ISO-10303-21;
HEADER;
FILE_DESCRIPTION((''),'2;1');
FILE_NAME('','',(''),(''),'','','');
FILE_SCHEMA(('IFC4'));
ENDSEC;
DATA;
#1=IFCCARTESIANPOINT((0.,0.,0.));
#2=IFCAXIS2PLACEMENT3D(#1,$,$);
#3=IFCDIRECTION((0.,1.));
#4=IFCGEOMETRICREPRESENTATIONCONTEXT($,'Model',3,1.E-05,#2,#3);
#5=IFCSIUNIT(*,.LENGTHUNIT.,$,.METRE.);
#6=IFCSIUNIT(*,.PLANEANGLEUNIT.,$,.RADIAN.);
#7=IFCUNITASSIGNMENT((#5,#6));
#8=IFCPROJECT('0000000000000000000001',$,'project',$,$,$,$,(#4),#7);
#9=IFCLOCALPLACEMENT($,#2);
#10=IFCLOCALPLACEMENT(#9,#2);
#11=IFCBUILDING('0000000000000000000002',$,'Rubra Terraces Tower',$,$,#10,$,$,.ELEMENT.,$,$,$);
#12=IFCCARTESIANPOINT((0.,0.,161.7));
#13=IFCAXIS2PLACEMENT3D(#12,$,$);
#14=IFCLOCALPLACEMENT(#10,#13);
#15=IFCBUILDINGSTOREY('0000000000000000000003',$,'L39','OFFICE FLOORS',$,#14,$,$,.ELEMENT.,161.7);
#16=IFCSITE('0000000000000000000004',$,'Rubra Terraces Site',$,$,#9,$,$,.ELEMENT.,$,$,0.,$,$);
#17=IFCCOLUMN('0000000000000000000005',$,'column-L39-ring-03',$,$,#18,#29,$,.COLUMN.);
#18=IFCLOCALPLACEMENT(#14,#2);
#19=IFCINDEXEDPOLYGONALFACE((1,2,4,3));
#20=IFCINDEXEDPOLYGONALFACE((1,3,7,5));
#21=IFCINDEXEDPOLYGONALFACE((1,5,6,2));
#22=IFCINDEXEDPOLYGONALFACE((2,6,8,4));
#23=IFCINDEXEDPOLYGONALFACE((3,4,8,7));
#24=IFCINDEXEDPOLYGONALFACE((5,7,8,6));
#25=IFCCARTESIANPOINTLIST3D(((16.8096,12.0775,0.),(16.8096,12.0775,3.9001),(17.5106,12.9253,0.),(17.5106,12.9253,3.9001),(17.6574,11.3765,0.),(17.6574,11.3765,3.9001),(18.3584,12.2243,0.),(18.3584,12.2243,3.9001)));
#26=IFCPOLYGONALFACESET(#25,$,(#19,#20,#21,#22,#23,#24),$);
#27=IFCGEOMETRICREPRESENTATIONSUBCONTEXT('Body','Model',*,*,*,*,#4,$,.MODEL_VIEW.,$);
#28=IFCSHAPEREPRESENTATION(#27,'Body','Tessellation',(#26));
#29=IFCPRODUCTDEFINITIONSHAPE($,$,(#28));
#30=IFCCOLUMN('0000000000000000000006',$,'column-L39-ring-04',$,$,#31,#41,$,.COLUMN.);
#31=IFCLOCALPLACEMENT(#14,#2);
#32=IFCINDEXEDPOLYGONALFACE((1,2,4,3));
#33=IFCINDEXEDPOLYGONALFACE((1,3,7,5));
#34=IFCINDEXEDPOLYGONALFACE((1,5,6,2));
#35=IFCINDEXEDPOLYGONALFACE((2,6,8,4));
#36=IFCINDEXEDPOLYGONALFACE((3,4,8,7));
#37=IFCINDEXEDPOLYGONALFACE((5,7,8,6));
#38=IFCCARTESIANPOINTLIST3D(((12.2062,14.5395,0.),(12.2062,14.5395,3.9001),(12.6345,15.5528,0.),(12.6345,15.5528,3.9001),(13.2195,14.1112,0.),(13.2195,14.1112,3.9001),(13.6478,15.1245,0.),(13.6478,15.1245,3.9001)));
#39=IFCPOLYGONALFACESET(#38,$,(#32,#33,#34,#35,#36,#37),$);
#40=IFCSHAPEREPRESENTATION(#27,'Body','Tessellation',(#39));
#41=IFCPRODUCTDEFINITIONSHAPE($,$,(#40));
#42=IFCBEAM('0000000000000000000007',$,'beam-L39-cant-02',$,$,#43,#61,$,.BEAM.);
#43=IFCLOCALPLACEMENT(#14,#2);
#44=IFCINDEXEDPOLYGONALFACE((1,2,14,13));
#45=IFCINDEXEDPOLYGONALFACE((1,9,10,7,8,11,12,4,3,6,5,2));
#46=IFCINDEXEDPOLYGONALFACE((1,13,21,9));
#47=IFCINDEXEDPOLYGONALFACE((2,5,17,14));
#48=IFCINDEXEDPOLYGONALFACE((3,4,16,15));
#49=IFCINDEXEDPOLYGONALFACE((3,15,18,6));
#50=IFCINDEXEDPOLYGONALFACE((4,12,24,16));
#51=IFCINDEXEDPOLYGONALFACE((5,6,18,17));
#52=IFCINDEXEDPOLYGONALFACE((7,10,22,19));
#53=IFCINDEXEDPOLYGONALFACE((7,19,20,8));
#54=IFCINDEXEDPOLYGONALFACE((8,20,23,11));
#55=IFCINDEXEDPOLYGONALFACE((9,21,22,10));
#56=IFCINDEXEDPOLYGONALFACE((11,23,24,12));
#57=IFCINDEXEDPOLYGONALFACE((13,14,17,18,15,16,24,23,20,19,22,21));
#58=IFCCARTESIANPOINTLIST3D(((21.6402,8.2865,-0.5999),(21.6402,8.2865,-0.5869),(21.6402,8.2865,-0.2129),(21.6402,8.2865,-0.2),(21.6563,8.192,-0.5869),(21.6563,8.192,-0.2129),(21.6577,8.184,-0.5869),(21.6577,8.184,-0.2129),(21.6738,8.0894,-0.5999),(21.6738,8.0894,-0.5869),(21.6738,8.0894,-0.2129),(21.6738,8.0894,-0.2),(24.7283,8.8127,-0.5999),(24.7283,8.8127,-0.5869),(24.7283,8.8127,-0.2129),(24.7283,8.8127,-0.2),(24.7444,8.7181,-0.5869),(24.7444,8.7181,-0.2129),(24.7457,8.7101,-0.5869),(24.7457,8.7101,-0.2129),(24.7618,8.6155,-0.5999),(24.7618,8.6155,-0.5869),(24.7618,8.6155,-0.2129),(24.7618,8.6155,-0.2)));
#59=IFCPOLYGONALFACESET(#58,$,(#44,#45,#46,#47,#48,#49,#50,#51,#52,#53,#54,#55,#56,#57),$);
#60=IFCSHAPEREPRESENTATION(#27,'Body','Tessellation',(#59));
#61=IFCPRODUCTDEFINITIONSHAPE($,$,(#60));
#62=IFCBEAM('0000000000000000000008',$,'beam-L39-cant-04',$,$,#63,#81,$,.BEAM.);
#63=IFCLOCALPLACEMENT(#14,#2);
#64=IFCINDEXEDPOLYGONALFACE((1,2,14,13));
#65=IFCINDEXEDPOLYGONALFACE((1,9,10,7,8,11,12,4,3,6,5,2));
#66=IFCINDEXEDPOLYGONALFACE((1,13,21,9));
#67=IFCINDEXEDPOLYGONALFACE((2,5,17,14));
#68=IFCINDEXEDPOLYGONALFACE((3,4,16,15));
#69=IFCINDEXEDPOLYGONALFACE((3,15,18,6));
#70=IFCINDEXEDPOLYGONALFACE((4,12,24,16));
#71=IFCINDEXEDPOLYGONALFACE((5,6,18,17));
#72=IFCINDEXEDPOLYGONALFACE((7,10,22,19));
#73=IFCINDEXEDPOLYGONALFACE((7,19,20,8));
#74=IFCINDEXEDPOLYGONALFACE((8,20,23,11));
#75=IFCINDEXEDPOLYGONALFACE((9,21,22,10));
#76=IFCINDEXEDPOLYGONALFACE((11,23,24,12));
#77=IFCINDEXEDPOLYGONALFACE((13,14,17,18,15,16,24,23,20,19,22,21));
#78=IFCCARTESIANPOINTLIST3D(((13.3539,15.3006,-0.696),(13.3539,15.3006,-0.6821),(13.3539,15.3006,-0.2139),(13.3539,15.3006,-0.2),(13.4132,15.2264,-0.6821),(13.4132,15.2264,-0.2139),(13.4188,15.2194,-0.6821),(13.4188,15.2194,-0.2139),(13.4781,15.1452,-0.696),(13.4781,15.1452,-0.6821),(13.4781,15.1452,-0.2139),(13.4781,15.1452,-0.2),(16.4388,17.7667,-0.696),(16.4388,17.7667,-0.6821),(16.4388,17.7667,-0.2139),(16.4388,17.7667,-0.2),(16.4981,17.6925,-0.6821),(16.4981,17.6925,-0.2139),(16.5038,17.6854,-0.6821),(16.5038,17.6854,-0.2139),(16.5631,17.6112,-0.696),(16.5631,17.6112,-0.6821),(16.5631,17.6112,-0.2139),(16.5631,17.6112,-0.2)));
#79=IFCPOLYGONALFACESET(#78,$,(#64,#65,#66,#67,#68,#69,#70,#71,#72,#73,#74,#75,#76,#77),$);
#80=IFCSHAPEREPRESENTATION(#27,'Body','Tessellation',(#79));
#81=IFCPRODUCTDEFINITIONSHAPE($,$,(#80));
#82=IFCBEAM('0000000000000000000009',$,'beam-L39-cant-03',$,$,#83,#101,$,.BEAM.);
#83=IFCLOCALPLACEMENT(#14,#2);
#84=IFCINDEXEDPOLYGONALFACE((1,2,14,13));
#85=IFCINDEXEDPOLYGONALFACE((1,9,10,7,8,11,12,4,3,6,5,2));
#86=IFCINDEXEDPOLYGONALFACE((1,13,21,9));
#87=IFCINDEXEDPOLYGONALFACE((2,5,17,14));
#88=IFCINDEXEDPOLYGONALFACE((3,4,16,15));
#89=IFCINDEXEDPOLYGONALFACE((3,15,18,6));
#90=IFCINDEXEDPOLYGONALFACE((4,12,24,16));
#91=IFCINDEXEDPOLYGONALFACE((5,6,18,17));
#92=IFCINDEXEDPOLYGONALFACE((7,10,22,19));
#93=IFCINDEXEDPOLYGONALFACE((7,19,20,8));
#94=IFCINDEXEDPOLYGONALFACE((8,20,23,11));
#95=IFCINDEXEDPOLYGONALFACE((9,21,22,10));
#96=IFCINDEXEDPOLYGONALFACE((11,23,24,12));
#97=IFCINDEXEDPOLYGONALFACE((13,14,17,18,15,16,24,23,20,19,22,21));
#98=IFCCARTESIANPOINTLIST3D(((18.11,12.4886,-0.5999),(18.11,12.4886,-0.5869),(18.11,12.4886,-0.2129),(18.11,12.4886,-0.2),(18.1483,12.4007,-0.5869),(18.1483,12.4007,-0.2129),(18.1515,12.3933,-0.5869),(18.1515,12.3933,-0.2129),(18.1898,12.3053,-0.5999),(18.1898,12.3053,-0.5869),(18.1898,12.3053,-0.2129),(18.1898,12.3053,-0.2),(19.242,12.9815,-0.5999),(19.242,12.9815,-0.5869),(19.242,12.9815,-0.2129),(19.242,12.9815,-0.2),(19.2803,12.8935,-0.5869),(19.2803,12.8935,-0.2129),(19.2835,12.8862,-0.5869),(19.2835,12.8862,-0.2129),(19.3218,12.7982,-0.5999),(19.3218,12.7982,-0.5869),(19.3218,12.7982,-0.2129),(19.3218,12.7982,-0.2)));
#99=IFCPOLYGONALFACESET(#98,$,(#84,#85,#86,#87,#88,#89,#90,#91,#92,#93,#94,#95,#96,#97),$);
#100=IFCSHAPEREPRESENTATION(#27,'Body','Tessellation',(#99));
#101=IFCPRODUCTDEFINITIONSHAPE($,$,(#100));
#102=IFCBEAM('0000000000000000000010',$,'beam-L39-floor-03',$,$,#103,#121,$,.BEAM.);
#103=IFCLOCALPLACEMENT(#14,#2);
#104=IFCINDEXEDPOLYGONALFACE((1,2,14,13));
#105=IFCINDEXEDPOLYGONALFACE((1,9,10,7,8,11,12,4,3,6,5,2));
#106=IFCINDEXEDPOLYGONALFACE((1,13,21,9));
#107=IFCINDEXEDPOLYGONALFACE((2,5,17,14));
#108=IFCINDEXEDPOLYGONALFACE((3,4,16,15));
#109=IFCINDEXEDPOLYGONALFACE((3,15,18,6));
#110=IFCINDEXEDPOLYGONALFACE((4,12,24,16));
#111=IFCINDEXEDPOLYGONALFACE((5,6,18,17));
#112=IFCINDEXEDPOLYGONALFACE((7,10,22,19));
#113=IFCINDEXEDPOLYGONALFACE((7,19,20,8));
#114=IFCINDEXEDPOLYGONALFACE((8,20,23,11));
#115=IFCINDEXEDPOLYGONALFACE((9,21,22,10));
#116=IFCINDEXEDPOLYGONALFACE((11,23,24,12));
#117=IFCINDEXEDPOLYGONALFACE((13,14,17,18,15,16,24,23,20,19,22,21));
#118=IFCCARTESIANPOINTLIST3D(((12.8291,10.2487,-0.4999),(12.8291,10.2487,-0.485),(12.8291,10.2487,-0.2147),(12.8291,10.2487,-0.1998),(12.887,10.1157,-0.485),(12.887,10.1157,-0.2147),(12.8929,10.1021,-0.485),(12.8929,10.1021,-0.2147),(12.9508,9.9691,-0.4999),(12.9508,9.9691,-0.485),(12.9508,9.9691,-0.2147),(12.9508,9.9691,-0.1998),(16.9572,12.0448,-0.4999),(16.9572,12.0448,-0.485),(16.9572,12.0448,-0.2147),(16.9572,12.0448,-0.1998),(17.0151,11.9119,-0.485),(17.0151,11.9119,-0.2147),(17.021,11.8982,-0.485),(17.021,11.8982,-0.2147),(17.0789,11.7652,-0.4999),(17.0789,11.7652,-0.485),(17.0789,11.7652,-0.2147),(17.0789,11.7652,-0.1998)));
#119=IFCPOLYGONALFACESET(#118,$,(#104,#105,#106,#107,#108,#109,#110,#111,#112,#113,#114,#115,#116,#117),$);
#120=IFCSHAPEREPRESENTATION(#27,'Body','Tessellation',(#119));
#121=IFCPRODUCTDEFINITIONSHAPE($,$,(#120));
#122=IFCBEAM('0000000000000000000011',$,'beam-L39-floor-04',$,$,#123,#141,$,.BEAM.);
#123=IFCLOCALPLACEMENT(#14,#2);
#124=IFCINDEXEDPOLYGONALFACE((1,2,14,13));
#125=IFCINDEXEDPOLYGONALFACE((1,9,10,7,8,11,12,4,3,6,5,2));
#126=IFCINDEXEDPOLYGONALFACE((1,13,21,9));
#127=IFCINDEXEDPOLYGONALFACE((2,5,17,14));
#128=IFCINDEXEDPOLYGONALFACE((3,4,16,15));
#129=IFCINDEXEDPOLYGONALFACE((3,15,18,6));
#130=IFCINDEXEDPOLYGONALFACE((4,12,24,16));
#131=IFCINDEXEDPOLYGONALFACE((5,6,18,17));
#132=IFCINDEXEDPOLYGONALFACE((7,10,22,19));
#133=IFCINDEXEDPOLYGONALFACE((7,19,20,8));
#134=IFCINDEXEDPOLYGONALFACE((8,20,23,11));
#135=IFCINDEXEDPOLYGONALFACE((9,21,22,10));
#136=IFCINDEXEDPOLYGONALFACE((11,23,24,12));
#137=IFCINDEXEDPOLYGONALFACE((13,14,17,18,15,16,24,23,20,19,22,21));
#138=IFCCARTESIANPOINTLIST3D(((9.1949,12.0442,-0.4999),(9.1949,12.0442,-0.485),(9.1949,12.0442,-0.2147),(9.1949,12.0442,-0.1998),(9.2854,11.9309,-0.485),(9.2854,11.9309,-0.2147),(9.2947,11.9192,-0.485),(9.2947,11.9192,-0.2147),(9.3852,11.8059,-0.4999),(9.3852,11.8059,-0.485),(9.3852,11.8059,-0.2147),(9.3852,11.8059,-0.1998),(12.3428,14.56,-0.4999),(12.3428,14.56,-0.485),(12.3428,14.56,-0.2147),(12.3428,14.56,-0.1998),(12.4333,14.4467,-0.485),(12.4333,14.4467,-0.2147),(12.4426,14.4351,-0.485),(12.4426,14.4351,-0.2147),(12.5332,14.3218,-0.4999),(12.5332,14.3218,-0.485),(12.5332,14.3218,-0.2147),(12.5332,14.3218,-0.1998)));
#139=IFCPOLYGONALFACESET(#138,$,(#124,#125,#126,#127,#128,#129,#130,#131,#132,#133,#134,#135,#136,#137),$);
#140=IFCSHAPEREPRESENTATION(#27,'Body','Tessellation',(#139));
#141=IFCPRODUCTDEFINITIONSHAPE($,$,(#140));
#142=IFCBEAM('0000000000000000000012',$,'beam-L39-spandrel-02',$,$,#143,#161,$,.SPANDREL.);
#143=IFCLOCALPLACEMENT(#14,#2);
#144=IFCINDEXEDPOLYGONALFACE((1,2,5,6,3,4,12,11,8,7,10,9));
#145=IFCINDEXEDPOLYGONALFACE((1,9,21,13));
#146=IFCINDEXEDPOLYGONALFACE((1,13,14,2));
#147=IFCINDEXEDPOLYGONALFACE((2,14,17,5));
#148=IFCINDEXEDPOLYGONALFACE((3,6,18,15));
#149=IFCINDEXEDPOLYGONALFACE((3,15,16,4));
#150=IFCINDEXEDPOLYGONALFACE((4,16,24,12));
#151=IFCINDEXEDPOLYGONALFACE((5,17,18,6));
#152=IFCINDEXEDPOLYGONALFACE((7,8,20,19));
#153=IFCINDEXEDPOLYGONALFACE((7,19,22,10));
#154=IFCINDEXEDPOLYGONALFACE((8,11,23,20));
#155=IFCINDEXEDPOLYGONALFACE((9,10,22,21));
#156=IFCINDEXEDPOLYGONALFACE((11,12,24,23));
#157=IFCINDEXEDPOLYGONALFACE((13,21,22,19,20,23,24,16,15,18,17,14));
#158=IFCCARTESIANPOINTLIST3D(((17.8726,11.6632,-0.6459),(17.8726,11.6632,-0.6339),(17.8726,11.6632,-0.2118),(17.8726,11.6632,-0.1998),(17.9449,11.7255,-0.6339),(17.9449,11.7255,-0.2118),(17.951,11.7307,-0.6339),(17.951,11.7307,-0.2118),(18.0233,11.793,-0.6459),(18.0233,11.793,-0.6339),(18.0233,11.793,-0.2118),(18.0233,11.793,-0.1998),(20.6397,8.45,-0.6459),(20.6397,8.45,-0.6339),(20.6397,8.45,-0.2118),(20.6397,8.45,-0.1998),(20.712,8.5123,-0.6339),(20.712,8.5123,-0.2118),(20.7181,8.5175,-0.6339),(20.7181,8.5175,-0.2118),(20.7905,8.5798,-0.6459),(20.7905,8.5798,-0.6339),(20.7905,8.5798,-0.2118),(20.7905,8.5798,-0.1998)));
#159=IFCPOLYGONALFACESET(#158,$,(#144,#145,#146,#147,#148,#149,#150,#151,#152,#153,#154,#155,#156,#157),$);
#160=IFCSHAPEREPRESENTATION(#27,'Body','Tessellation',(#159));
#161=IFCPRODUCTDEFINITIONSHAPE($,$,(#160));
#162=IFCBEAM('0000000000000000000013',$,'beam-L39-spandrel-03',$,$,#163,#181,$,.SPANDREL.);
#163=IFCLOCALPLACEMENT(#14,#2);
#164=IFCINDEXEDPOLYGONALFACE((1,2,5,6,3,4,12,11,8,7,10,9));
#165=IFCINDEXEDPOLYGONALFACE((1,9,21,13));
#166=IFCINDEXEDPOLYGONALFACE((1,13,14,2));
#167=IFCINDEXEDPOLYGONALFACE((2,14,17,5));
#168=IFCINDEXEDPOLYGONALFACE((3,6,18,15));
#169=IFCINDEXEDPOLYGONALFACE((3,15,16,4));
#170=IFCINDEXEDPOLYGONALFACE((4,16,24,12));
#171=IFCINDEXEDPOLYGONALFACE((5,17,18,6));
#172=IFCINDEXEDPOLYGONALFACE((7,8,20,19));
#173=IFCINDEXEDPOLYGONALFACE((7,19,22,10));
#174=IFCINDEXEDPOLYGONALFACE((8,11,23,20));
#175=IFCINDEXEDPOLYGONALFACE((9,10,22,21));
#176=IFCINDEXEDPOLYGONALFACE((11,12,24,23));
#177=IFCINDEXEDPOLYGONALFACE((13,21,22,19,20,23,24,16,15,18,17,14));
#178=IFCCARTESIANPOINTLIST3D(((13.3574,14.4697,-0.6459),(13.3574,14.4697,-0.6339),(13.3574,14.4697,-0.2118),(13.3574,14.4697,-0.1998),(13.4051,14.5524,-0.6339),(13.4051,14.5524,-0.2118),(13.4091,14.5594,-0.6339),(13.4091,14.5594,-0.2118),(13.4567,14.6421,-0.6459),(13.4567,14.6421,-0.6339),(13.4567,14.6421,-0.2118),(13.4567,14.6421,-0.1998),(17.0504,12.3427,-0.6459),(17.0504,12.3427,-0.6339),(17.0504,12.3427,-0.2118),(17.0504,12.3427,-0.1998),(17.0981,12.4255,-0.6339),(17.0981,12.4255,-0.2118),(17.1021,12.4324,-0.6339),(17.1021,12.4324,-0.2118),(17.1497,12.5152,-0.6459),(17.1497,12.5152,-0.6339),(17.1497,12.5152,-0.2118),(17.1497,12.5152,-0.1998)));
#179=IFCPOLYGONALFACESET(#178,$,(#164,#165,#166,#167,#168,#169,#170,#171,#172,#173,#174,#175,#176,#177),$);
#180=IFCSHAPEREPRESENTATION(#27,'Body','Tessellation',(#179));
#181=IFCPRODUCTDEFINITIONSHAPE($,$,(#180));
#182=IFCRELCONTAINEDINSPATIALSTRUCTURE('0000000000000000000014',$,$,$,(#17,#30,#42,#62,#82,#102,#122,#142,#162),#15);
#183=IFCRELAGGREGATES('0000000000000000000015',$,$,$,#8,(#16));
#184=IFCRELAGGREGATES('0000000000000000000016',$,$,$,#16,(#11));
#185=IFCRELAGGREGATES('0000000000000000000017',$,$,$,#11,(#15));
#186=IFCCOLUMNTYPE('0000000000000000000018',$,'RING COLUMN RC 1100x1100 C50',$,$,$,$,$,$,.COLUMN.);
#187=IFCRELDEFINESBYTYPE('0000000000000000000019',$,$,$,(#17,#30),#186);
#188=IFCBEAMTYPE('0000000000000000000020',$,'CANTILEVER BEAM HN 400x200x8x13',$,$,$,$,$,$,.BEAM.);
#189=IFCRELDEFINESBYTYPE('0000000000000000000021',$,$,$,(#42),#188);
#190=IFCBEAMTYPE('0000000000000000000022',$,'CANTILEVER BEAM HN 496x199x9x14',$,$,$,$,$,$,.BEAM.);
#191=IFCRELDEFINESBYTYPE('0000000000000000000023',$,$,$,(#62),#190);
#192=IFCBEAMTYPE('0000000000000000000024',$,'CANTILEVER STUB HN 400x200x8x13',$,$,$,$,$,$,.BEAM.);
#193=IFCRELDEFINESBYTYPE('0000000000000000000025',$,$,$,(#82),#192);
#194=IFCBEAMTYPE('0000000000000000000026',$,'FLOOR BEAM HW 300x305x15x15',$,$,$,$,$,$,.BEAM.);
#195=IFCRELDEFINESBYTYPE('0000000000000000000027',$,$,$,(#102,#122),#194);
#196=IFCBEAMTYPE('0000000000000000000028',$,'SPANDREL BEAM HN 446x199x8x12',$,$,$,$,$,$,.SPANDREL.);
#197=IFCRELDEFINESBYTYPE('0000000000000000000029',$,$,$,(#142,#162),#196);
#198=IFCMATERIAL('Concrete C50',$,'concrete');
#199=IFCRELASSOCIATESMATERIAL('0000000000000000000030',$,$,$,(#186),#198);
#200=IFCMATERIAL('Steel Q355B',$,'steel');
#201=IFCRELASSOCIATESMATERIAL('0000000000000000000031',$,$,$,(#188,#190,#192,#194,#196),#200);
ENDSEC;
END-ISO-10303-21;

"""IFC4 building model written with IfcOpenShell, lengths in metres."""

from ifc_helpers import new_model, si_unit, direction, frame, origin, origin_2d, place, context, subcontext, project, spatial, rectangle, i_section, extrude, material, material_profile, profile_set, type_object, element, save


model = new_model("IFC4")

# Units and contexts
model_context = context("Model", 3, precision=1e-05, world=origin(), true_north=direction((0.0, 1.0)))
body_context = subcontext(model_context, "Body", "Model", "MODEL_VIEW")
ifc_project = project(units=[si_unit("LENGTHUNIT", "METRE"), si_unit("PLANEANGLEUNIT", "RADIAN")], contexts=[model_context])

# Site, building, storey
site_placement = place(None, origin())
site = spatial("IfcSite", under=ifc_project, at=site_placement, Name="Rubra Terraces Site", CompositionType="ELEMENT", RefElevation=0.0)
building_placement = place(site_placement, origin())
building = spatial("IfcBuilding", under=site, at=building_placement, Name="Rubra Terraces Tower", CompositionType="ELEMENT")
storey_placement = place(building_placement, frame((0.0, 0.0, 161.7)))
storey = spatial("IfcBuildingStorey", under=building, at=storey_placement, Name="L39", Description="OFFICE FLOORS", CompositionType="ELEMENT", Elevation=161.7)

# Columns
ifc_material_1 = material(Name="Concrete C50", Category="concrete")
ifc_material_profile_1 = material_profile(ifc_material_1, rectangle(XDim=1.1001, YDim=1.1001, at=origin_2d()), Name="RC 1100x1100")
ifc_profile_set_1 = profile_set([ifc_material_profile_1], Name="Concrete C50")
column_type = type_object("IfcColumnType", Name="RING COLUMN RC 1100x1100 C50", PredefinedType="COLUMN", material=ifc_profile_set_1)
for number, where, z_axis, x_axis, name in (
    (1, (17.584, 12.1509, 0.0), (0.0, 0.0, 1.0), (-0.770679, 0.637223, 0.0), "column-L39-ring-03"),
    (2, (12.927, 14.832, 0.0), (0.0, 0.0, 1.0), (-0.921106, 0.389313, 0.0), "column-L39-ring-04"),
):
    element("IfcColumn", number, at=place(storey_placement, frame(where, z_axis=z_axis, x_axis=x_axis)), inside=storey, type_object=column_type, Name=name, PredefinedType="COLUMN", context=body_context, shape_type="SweptSolid", body=[
        extrude(rectangle(XDim=1.1001, YDim=1.1001, at=origin_2d()), origin(), (0.0, 0.0, 1.0), 3.9001),
    ])

# Beams
ifc_material_2 = material(Name="Steel Q355B", Category="steel")
ifc_material_profile_2 = material_profile(ifc_material_2, i_section(OverallWidth=0.2, OverallDepth=0.3999, WebThickness=0.0081, FlangeThickness=0.0129, at=origin_2d()), Name="HN 400x200x8x13")
ifc_profile_set_2 = profile_set([ifc_material_profile_2], Name="Steel Q355B")
beam_type_1 = type_object("IfcBeamType", Name="CANTILEVER BEAM HN 400x200x8x13", PredefinedType="BEAM", material=ifc_profile_set_2)
beam_1_placement = place(storey_placement, frame((21.657, 8.188, -0.3999), z_axis=(0.985796, 0.167949, 0.0), x_axis=(-0.167949, 0.985796, 0.0)))
element("IfcBeam", 3, at=beam_1_placement, inside=storey, type_object=beam_type_1, Name="beam-L39-cant-02", PredefinedType="BEAM", context=body_context, shape_type="SweptSolid", body=[
    extrude(i_section(OverallWidth=0.2, OverallDepth=0.3999, WebThickness=0.0081, FlangeThickness=0.0129, at=origin_2d()), origin(), (0.0, 0.0, 1.0), 3.1326),
])
ifc_material_profile_3 = material_profile(ifc_material_2, i_section(OverallWidth=0.199, OverallDepth=0.4961, WebThickness=0.009, FlangeThickness=0.0139, at=origin_2d()), Name="HN 496x199x9x14")
ifc_profile_set_3 = profile_set([ifc_material_profile_3], Name="Steel Q355B")
beam_type_2 = type_object("IfcBeamType", Name="CANTILEVER BEAM HN 496x199x9x14", PredefinedType="BEAM", material=ifc_profile_set_3)
beam_2_placement = place(storey_placement, frame((13.416, 15.2229, -0.448), z_axis=(0.781104, 0.624401, 0.0), x_axis=(-0.624401, 0.781104, 0.0)))
element("IfcBeam", 4, at=beam_2_placement, inside=storey, type_object=beam_type_2, Name="beam-L39-cant-04", PredefinedType="BEAM", context=body_context, shape_type="SweptSolid", body=[
    extrude(i_section(OverallWidth=0.199, OverallDepth=0.4961, WebThickness=0.009, FlangeThickness=0.0139, at=origin_2d()), origin(), (0.0, 0.0, 1.0), 3.9495),
])
ifc_material_profile_4 = material_profile(ifc_material_2, i_section(OverallWidth=0.2, OverallDepth=0.3999, WebThickness=0.0081, FlangeThickness=0.0129, at=origin_2d()), Name="HN 400x200x8x13")
ifc_profile_set_4 = profile_set([ifc_material_profile_4], Name="Steel Q355B")
beam_type_3 = type_object("IfcBeamType", Name="CANTILEVER STUB HN 400x200x8x13", PredefinedType="BEAM", material=ifc_profile_set_4)
beam_3_placement = place(storey_placement, frame((18.1499, 12.397, -0.3999), z_axis=(0.916859, 0.39921, 0.0), x_axis=(-0.39921, 0.916859, 0.0)))
element("IfcBeam", 5, at=beam_3_placement, inside=storey, type_object=beam_type_3, Name="beam-L39-cant-03", PredefinedType="BEAM", context=body_context, shape_type="SweptSolid", body=[
    extrude(i_section(OverallWidth=0.2, OverallDepth=0.3999, WebThickness=0.0081, FlangeThickness=0.0129, at=origin_2d()), origin(), (0.0, 0.0, 1.0), 1.2346),
])
ifc_material_profile_5 = material_profile(ifc_material_2, i_section(OverallWidth=0.3049, OverallDepth=0.3, WebThickness=0.0149, FlangeThickness=0.0149, at=origin_2d()), Name="HW 300x305x15x15")
ifc_profile_set_5 = profile_set([ifc_material_profile_5], Name="Steel Q355B")
beam_type_4 = type_object("IfcBeamType", Name="FLOOR BEAM HW 300x305x15x15", PredefinedType="BEAM", material=ifc_profile_set_5)
beam_4_placement = place(storey_placement, frame((17.0181, 11.905, -0.3499), z_axis=(-0.916966, -0.398966, 0.0), x_axis=(0.398966, -0.916966, 0.0)))
element("IfcBeam", 6, at=beam_4_placement, inside=storey, type_object=beam_type_4, Name="beam-L39-floor-03", PredefinedType="BEAM", context=body_context, shape_type="SweptSolid", body=[
    extrude(i_section(OverallWidth=0.3049, OverallDepth=0.3, WebThickness=0.0149, FlangeThickness=0.0149, at=origin_2d()), origin(), (0.0, 0.0, 1.0), 4.502),
])
beam_5_placement = place(storey_placement, frame((12.438, 14.4409, -0.3499), z_axis=(-0.78117, -0.624318, 0.0), x_axis=(0.624318, -0.78117, 0.0)))
element("IfcBeam", 7, at=beam_5_placement, inside=storey, type_object=beam_type_4, Name="beam-L39-floor-04", PredefinedType="BEAM", context=body_context, shape_type="SweptSolid", body=[
    extrude(i_section(OverallWidth=0.3049, OverallDepth=0.3, WebThickness=0.0149, FlangeThickness=0.0149, at=origin_2d()), origin(), (0.0, 0.0, 1.0), 4.0298),
])
ifc_material_profile_6 = material_profile(ifc_material_2, i_section(OverallWidth=0.199, OverallDepth=0.446, WebThickness=0.0081, FlangeThickness=0.012, at=origin_2d()), Name="HN 446x199x8x12")
ifc_profile_set_6 = profile_set([ifc_material_profile_6], Name="Steel Q355B")
beam_type_5 = type_object("IfcBeamType", Name="SPANDREL BEAM HN 446x199x8x12", PredefinedType="SPANDREL", material=ifc_profile_set_6)
beam_6_placement = place(storey_placement, frame((20.7151, 8.5149, -0.4229), z_axis=(-0.652553, 0.757743, 0.0), x_axis=(-0.757743, -0.652553, 0.0)))
element("IfcBeam", 8, at=beam_6_placement, inside=storey, type_object=beam_type_5, Name="beam-L39-spandrel-02", PredefinedType="SPANDREL", context=body_context, shape_type="SweptSolid", body=[
    extrude(i_section(OverallWidth=0.199, OverallDepth=0.446, WebThickness=0.0081, FlangeThickness=0.012, at=origin_2d()), origin(), (0.0, 0.0, 1.0), 4.2405),
])
beam_7_placement = place(storey_placement, frame((17.1001, 12.429, -0.4229), z_axis=(-0.86656, 0.499073, 0.0), x_axis=(-0.499073, -0.86656, 0.0)))
element("IfcBeam", 9, at=beam_7_placement, inside=storey, type_object=beam_type_5, Name="beam-L39-spandrel-03", PredefinedType="SPANDREL", context=body_context, shape_type="SweptSolid", body=[
    extrude(i_section(OverallWidth=0.199, OverallDepth=0.446, WebThickness=0.0081, FlangeThickness=0.012, at=origin_2d()), origin(), (0.0, 0.0, 1.0), 4.2617),
])

save(model, "model.ifc")
